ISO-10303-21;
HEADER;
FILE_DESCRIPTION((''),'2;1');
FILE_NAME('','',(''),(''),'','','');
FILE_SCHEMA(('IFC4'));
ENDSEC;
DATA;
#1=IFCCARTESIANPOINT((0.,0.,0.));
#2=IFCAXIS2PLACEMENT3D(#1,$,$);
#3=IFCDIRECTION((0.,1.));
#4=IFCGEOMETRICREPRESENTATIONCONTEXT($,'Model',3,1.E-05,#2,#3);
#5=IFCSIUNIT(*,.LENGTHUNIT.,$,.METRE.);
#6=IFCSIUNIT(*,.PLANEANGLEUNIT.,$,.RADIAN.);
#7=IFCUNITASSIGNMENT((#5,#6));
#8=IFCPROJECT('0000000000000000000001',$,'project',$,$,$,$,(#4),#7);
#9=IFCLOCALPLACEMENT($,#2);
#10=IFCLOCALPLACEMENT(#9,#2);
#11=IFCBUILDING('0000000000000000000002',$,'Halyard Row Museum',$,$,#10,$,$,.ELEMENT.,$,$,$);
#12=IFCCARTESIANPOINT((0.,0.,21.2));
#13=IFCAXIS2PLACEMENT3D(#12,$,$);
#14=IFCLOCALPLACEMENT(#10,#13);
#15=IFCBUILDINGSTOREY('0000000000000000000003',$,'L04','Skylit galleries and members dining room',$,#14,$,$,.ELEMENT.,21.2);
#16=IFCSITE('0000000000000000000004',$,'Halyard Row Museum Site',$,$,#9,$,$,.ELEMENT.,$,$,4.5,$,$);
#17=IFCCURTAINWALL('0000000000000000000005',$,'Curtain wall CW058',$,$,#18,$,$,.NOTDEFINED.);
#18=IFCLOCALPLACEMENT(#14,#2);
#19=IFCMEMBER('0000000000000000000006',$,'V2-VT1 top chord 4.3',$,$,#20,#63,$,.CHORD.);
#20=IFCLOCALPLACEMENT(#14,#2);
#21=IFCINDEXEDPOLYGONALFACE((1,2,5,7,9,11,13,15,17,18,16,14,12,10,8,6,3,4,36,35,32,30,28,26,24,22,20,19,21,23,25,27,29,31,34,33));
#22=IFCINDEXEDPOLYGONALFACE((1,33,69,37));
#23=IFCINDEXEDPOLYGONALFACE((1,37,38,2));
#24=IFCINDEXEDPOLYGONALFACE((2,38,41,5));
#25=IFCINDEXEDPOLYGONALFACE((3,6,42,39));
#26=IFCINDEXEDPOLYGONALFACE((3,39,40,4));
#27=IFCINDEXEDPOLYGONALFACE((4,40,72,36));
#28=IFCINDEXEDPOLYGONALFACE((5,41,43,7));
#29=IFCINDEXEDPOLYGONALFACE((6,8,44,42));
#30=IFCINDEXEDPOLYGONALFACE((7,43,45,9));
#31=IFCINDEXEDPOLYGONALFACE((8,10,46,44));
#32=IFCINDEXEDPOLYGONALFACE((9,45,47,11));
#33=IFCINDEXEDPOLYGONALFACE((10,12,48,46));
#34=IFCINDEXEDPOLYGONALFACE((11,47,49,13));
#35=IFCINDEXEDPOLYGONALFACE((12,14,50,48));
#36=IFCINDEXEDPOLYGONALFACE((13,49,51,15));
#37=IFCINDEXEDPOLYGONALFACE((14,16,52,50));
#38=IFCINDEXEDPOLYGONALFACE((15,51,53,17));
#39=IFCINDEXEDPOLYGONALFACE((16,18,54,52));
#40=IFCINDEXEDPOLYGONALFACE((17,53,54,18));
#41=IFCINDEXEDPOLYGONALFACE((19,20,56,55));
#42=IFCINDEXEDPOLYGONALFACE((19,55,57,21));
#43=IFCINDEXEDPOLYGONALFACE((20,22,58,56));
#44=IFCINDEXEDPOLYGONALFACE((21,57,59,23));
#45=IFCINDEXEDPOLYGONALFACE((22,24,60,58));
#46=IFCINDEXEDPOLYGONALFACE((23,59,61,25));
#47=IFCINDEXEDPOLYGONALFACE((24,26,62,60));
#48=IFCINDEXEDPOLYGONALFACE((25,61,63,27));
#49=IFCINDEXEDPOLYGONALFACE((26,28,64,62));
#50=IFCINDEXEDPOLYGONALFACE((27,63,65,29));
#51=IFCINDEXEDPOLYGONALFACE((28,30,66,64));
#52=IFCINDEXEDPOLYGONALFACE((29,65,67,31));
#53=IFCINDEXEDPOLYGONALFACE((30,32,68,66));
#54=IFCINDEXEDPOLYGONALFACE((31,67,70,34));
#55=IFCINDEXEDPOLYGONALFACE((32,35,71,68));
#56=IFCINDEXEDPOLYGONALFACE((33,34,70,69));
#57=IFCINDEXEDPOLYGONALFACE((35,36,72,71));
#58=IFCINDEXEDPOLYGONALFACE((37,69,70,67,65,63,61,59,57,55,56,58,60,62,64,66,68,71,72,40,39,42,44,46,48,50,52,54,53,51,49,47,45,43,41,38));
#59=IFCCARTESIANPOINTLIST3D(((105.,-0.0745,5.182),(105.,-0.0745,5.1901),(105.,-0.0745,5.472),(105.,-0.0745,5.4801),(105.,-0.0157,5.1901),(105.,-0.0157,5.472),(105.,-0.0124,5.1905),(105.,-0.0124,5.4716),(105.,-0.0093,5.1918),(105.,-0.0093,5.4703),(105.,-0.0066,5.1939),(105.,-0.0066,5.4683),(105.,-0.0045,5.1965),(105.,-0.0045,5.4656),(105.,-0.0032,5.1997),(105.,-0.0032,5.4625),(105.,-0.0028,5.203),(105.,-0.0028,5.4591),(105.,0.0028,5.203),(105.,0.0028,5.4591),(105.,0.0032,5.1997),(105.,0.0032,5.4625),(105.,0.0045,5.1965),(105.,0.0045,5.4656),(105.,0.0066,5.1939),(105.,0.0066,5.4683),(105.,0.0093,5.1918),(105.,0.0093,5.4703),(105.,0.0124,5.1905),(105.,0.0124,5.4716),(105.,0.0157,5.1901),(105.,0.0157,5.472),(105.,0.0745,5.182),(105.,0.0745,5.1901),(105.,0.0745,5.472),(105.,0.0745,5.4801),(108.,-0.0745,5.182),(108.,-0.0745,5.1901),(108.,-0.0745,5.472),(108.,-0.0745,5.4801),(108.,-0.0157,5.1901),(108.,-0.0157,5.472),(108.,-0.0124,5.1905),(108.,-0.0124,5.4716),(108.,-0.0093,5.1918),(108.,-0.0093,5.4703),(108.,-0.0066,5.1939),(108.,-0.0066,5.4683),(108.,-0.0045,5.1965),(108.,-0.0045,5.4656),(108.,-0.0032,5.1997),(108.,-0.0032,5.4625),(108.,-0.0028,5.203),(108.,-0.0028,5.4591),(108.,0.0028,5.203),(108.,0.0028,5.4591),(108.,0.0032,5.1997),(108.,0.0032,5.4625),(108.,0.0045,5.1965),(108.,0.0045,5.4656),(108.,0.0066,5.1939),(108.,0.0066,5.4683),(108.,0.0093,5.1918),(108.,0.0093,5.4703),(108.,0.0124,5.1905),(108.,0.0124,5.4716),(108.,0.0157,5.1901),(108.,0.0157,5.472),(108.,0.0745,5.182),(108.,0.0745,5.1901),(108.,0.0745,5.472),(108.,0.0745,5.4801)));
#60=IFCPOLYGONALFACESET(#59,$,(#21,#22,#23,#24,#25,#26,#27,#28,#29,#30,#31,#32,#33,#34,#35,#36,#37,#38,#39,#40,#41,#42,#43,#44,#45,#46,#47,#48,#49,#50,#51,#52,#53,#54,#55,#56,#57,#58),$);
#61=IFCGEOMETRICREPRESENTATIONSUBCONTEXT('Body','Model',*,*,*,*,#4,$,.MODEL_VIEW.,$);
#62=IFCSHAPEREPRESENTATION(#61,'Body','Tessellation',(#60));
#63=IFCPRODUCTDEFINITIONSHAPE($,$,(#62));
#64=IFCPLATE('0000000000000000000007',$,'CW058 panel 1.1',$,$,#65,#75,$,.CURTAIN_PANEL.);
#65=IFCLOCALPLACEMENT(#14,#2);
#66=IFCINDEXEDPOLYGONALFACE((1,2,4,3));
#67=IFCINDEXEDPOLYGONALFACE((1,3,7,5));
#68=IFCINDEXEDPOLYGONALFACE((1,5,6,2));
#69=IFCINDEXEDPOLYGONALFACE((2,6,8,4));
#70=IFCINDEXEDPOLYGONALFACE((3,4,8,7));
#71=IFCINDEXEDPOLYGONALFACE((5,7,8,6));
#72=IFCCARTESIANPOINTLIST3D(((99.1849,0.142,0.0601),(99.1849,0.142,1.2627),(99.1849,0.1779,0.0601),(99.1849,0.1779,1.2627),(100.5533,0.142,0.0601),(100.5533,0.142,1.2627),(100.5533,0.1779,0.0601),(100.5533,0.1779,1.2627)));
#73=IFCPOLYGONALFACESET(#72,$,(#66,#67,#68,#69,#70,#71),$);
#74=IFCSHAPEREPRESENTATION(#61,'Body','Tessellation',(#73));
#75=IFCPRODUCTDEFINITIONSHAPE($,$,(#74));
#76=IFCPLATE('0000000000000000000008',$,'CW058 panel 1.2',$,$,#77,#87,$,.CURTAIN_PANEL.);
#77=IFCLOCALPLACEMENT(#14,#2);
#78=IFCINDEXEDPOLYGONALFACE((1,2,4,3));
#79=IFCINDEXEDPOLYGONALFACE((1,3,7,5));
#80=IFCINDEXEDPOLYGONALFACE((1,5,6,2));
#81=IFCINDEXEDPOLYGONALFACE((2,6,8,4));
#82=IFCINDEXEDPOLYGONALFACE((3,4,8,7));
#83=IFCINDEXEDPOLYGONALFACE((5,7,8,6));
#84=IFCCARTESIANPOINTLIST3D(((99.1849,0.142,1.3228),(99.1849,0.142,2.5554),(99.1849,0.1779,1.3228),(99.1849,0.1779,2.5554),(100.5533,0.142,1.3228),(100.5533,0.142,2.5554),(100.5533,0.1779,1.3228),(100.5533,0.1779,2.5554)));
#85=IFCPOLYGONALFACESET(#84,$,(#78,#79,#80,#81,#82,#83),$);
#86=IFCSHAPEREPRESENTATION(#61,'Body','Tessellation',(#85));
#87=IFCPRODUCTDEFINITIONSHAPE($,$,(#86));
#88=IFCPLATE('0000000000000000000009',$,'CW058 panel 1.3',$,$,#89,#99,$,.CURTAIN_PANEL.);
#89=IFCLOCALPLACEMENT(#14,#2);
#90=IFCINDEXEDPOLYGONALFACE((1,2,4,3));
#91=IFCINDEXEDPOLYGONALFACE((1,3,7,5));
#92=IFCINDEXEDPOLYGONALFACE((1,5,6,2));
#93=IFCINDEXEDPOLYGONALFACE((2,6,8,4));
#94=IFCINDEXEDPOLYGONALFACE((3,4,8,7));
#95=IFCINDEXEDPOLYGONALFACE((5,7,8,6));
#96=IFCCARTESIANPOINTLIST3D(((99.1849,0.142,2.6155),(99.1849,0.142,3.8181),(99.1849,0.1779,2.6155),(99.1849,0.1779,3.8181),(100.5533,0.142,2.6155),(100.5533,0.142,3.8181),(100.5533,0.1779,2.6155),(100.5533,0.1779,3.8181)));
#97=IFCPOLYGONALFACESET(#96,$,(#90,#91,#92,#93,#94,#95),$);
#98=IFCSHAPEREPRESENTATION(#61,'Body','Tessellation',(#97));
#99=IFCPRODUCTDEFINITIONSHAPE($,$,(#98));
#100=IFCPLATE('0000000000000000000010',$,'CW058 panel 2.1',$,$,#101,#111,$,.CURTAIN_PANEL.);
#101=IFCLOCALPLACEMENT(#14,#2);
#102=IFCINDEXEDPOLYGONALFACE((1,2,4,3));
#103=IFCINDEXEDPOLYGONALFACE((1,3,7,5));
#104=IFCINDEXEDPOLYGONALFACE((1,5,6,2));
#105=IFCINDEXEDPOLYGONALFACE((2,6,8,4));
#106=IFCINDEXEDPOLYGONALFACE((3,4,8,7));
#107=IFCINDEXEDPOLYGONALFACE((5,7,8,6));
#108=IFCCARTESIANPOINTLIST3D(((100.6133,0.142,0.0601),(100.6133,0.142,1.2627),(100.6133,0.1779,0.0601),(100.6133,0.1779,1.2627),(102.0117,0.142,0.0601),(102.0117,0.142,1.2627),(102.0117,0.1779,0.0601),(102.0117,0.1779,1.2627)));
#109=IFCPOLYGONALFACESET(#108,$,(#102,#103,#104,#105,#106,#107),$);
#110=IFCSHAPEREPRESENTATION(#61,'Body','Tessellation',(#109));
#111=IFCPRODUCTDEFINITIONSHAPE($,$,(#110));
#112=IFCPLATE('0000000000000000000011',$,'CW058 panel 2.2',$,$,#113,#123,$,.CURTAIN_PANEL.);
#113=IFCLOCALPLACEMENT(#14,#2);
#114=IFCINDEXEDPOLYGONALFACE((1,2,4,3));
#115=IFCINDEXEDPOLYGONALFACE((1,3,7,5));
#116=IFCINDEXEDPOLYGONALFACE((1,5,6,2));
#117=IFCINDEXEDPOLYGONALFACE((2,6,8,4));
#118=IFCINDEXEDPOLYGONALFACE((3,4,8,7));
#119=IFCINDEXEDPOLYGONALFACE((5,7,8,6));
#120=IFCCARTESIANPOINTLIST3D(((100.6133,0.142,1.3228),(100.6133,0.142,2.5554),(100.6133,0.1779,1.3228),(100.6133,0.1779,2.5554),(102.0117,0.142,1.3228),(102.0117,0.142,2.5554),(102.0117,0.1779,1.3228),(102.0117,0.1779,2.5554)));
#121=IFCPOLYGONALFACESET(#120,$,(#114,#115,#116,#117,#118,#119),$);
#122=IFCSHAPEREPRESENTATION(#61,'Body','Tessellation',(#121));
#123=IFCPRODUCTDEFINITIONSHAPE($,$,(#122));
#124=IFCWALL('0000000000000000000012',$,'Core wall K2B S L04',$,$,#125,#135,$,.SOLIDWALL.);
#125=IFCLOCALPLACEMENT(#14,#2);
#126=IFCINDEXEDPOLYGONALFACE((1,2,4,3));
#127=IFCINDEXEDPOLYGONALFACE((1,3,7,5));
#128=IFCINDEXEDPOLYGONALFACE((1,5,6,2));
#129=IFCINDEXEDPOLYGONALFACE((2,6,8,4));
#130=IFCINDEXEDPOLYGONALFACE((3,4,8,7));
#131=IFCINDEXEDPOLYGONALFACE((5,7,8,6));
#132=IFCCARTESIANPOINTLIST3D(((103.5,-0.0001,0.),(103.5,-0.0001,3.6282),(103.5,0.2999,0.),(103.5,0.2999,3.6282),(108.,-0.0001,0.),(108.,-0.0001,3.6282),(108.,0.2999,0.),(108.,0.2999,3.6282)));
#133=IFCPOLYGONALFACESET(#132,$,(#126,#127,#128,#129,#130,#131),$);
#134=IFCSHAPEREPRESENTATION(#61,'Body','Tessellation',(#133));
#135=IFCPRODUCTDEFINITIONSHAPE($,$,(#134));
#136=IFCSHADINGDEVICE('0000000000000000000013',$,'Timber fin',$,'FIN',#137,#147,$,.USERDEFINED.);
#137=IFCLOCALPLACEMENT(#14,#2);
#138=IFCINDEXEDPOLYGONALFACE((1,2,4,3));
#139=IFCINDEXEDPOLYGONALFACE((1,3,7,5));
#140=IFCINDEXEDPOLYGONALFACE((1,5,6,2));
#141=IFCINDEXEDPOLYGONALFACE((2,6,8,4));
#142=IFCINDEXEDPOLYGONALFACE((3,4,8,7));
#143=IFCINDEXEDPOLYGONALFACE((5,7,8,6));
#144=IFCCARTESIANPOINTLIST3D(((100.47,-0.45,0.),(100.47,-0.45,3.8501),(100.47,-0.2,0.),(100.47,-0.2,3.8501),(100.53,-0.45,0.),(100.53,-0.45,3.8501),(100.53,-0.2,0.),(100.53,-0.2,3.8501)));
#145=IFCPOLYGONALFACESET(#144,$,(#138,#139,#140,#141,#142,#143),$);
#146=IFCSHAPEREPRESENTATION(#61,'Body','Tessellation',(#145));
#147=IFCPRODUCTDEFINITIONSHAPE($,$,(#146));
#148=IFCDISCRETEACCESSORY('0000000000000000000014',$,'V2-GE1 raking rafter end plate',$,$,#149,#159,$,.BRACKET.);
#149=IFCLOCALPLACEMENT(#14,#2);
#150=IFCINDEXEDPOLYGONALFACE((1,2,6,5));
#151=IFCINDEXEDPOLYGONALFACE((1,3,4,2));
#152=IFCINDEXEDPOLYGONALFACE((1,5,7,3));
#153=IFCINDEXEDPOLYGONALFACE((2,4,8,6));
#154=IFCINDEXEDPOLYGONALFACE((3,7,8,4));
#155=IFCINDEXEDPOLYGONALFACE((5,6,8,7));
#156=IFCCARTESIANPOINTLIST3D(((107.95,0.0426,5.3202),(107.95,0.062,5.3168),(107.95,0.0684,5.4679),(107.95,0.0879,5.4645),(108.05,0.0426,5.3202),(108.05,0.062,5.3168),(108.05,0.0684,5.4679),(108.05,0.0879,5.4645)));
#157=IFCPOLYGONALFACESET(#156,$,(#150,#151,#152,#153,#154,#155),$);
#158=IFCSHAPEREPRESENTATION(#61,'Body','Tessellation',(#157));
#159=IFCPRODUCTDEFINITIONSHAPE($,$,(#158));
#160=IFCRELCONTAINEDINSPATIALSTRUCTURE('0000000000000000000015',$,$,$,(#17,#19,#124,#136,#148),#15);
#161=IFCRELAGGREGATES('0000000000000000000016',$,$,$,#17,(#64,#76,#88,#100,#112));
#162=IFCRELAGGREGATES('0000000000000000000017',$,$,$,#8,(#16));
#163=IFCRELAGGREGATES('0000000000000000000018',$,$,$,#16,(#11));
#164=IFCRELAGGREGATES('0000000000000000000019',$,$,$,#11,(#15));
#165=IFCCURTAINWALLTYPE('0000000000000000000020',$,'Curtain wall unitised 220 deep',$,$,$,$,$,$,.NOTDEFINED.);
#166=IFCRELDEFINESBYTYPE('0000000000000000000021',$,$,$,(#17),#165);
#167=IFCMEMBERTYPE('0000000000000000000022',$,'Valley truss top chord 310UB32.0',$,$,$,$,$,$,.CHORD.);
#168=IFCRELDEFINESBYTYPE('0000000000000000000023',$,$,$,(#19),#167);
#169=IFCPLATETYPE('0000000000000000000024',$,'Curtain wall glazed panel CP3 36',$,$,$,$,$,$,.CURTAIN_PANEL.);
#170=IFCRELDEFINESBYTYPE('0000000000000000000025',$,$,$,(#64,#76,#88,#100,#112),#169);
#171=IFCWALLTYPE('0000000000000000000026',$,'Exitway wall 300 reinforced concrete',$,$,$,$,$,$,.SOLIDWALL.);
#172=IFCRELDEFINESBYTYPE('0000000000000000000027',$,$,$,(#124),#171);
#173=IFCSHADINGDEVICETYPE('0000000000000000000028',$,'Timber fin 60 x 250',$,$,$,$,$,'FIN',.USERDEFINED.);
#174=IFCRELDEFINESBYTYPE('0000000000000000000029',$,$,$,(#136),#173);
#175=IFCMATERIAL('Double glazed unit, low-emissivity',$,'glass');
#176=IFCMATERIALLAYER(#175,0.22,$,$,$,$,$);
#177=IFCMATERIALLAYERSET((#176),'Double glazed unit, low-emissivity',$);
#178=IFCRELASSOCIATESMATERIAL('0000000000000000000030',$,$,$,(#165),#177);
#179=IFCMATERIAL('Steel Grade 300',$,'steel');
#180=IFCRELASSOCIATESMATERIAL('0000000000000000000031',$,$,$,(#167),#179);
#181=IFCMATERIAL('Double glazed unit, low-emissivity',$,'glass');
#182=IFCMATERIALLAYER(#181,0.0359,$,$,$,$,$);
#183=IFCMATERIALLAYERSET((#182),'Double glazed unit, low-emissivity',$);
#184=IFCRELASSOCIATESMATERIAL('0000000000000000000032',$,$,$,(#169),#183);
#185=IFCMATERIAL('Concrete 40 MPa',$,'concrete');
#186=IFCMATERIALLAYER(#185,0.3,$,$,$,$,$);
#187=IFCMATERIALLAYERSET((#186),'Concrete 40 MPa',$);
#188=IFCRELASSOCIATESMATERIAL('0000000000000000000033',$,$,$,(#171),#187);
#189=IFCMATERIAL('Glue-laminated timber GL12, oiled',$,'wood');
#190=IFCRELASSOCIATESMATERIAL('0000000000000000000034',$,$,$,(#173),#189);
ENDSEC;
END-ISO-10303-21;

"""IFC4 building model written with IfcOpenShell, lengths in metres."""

from ifc_helpers import new_model, si_unit, direction, frame, frame_2d, origin, origin_2d, place, context, subcontext, project, spatial, rectangle, i_section, extrude, material, layer, layer_set, material_profile, profile_set, type_object, element, aggregate, save


model = new_model("IFC4")

# Units and contexts
model_context = context("Model", 3, precision=1e-05, world=origin(), true_north=direction((0.0, 1.0)))
body_context = subcontext(model_context, "Body", "Model", "MODEL_VIEW")
ifc_project = project(units=[si_unit("LENGTHUNIT", "METRE"), si_unit("PLANEANGLEUNIT", "RADIAN")], contexts=[model_context])

# Site, building, storey
site_placement = place(None, origin())
site = spatial("IfcSite", under=ifc_project, at=site_placement, Name="Halyard Row Museum Site", CompositionType="ELEMENT", RefElevation=4.5)
building_placement = place(site_placement, origin())
building = spatial("IfcBuilding", under=site, at=building_placement, Name="Halyard Row Museum", CompositionType="ELEMENT")
storey_placement = place(building_placement, frame((0.0, 0.0, 21.2)))
storey = spatial("IfcBuildingStorey", under=building, at=storey_placement, Name="L04", Description="Skylit galleries and members dining room", CompositionType="ELEMENT", Elevation=21.2)

# Curtain wall
ifc_material_1 = material(Name="Double glazed unit, low-emissivity", Category="glass")
ifc_layer_1 = layer(ifc_material_1, 0.22)
ifc_layer_set_1 = layer_set([ifc_layer_1], Name="Double glazed unit, low-emissivity")
curtain_wall_type = type_object("IfcCurtainWallType", Name="Curtain wall unitised 220 deep", PredefinedType="NOTDEFINED", material=ifc_layer_set_1)
curtain_wall_placement = place(storey_placement, origin())
curtain_wall = element("IfcCurtainWall", 1, at=curtain_wall_placement, inside=storey, type_object=curtain_wall_type, Name="Curtain wall CW058", PredefinedType="NOTDEFINED")

# Member
ifc_material_2 = material(Name="Steel Grade 300", Category="steel")
ifc_material_profile_1 = material_profile(ifc_material_2, i_section(OverallWidth=0.1489, OverallDepth=0.2981, WebThickness=0.0056, FlangeThickness=0.0081, FilletRadius=0.0129, at=origin_2d()), Name="310UB32.0")
ifc_profile_set_1 = profile_set([ifc_material_profile_1], Name="Steel Grade 300")
member_type_1 = type_object("IfcMemberType", Name="Valley truss top chord 310UB32.0", PredefinedType="CHORD", material=ifc_profile_set_1)
for number, where, z_axis, x_axis, name in (
    (2, (105.0, 0.0, 5.3311), (1.0, 0.0, 0.0), (0.0, 1.0, 0.0), "V2-VT1 top chord 4.3"),
):
    element("IfcMember", number, at=place(storey_placement, frame(where, z_axis=z_axis, x_axis=x_axis)), inside=storey, type_object=member_type_1, Name=name, PredefinedType="CHORD", context=body_context, shape_type="SweptSolid", body=[
        extrude(i_section(OverallWidth=0.1489, OverallDepth=0.2981, WebThickness=0.0056, FlangeThickness=0.0081, FilletRadius=0.0129, at=origin_2d()), origin(), (0.0, 0.0, 1.0), 3.0),
    ])

# Plates
ifc_material_3 = material(Name="Double glazed unit, low-emissivity", Category="glass")
ifc_layer_2 = layer(ifc_material_3, 0.0359)
ifc_layer_set_2 = layer_set([ifc_layer_2], Name="Double glazed unit, low-emissivity")
plate_type = type_object("IfcPlateType", Name="Curtain wall glazed panel CP3 36", PredefinedType="CURTAIN_PANEL", material=ifc_layer_set_2)
plate_1_placement = place(storey_placement, frame((99.8691, 0.1599, 0.0601), z_axis=(0.0, 0.0, 1.0), x_axis=(1.0, 0.0, 0.0)))
plate_1 = element("IfcPlate", 3, at=plate_1_placement, type_object=plate_type, Name="CW058 panel 1.1", PredefinedType="CURTAIN_PANEL", context=body_context, shape_type="SweptSolid", body=[
    extrude(rectangle(XDim=1.3684, YDim=0.0359, at=origin_2d()), origin(), (0.0, 0.0, 1.0), 1.2026),
])
plate_2_placement = place(storey_placement, frame((99.8691, 0.1599, 1.3228), z_axis=(0.0, 0.0, 1.0), x_axis=(1.0, 0.0, 0.0)))
plate_2 = element("IfcPlate", 4, at=plate_2_placement, type_object=plate_type, Name="CW058 panel 1.2", PredefinedType="CURTAIN_PANEL", context=body_context, shape_type="SweptSolid", body=[
    extrude(rectangle(XDim=1.3684, YDim=0.0359, at=origin_2d()), origin(), (0.0, 0.0, 1.0), 1.2327),
])
plate_3_placement = place(storey_placement, frame((99.8691, 0.1599, 2.6155), z_axis=(0.0, 0.0, 1.0), x_axis=(1.0, 0.0, 0.0)))
plate_3 = element("IfcPlate", 5, at=plate_3_placement, type_object=plate_type, Name="CW058 panel 1.3", PredefinedType="CURTAIN_PANEL", context=body_context, shape_type="SweptSolid", body=[
    extrude(rectangle(XDim=1.3684, YDim=0.0359, at=origin_2d()), origin(), (0.0, 0.0, 1.0), 1.2026),
])
plate_4_placement = place(storey_placement, frame((101.3125, 0.1599, 0.0601), z_axis=(0.0, 0.0, 1.0), x_axis=(1.0, 0.0, 0.0)))
plate_4 = element("IfcPlate", 6, at=plate_4_placement, type_object=plate_type, Name="CW058 panel 2.1", PredefinedType="CURTAIN_PANEL", context=body_context, shape_type="SweptSolid", body=[
    extrude(rectangle(XDim=1.3984, YDim=0.0359, at=origin_2d()), origin(), (0.0, 0.0, 1.0), 1.2026),
])
plate_5_placement = place(storey_placement, frame((101.3125, 0.1599, 1.3228), z_axis=(0.0, 0.0, 1.0), x_axis=(1.0, 0.0, 0.0)))
plate_5 = element("IfcPlate", 7, at=plate_5_placement, type_object=plate_type, Name="CW058 panel 2.2", PredefinedType="CURTAIN_PANEL", context=body_context, shape_type="SweptSolid", body=[
    extrude(rectangle(XDim=1.3984, YDim=0.0359, at=origin_2d()), origin(), (0.0, 0.0, 1.0), 1.2327),
])
aggregate(curtain_wall, [plate_1, plate_2, plate_3, plate_4, plate_5])

# Wall
ifc_material_4 = material(Name="Concrete 40 MPa", Category="concrete")
ifc_layer_3 = layer(ifc_material_4, 0.3)
ifc_layer_set_3 = layer_set([ifc_layer_3], Name="Concrete 40 MPa")
wall_type = type_object("IfcWallType", Name="Exitway wall 300 reinforced concrete", PredefinedType="SOLIDWALL", material=ifc_layer_set_3)
wall_placement = place(storey_placement, frame((103.5, 0.1499, 0.0), z_axis=(0.0, 0.0, 1.0), x_axis=(1.0, 0.0, 0.0)))
element("IfcWall", 8, at=wall_placement, inside=storey, type_object=wall_type, Name="Core wall K2B S L04", PredefinedType="SOLIDWALL", context=body_context, shape_type="SweptSolid", body=[
    extrude(rectangle(XDim=4.5, YDim=0.3, at=frame_2d((2.25, 0.0))), origin(), (0.0, 0.0, 1.0), 3.6282),
])

# Shading device
ifc_material_5 = material(Name="Glue-laminated timber GL12, oiled", Category="wood")
shading_device_type = type_object("IfcShadingDeviceType", Name="Timber fin 60 x 250", ElementType="FIN", PredefinedType="USERDEFINED", material=ifc_material_5)
shading_device_placement = place(storey_placement, frame((100.5, -0.325, 0.0), z_axis=(0.0, 0.0, 1.0), x_axis=(1.0, 0.0, 0.0)))
element("IfcShadingDevice", 9, at=shading_device_placement, inside=storey, type_object=shading_device_type, Name="Timber fin", ObjectType="FIN", PredefinedType="USERDEFINED", context=body_context, shape_type="SweptSolid", body=[
    extrude(rectangle(XDim=0.0601, YDim=0.25, at=origin_2d()), origin(), (0.0, 0.0, 1.0), 3.8501),
])

# Discrete accessory
discrete_accessory_placement = place(storey_placement, frame((108.0, 0.075, 5.3906), z_axis=(0.0, -0.98503, 0.17238), x_axis=(1.0, 0.0, 0.0)))
element("IfcDiscreteAccessory", 10, at=discrete_accessory_placement, inside=storey, Name="V2-GE1 raking rafter end plate", PredefinedType="BRACKET", context=body_context, shape_type="SweptSolid", body=[
    extrude(rectangle(XDim=0.1001, YDim=0.1499, at=origin_2d()), origin(), (0.0, 0.0, 1.0), 0.0198),
])

save(model, "model.ifc")
